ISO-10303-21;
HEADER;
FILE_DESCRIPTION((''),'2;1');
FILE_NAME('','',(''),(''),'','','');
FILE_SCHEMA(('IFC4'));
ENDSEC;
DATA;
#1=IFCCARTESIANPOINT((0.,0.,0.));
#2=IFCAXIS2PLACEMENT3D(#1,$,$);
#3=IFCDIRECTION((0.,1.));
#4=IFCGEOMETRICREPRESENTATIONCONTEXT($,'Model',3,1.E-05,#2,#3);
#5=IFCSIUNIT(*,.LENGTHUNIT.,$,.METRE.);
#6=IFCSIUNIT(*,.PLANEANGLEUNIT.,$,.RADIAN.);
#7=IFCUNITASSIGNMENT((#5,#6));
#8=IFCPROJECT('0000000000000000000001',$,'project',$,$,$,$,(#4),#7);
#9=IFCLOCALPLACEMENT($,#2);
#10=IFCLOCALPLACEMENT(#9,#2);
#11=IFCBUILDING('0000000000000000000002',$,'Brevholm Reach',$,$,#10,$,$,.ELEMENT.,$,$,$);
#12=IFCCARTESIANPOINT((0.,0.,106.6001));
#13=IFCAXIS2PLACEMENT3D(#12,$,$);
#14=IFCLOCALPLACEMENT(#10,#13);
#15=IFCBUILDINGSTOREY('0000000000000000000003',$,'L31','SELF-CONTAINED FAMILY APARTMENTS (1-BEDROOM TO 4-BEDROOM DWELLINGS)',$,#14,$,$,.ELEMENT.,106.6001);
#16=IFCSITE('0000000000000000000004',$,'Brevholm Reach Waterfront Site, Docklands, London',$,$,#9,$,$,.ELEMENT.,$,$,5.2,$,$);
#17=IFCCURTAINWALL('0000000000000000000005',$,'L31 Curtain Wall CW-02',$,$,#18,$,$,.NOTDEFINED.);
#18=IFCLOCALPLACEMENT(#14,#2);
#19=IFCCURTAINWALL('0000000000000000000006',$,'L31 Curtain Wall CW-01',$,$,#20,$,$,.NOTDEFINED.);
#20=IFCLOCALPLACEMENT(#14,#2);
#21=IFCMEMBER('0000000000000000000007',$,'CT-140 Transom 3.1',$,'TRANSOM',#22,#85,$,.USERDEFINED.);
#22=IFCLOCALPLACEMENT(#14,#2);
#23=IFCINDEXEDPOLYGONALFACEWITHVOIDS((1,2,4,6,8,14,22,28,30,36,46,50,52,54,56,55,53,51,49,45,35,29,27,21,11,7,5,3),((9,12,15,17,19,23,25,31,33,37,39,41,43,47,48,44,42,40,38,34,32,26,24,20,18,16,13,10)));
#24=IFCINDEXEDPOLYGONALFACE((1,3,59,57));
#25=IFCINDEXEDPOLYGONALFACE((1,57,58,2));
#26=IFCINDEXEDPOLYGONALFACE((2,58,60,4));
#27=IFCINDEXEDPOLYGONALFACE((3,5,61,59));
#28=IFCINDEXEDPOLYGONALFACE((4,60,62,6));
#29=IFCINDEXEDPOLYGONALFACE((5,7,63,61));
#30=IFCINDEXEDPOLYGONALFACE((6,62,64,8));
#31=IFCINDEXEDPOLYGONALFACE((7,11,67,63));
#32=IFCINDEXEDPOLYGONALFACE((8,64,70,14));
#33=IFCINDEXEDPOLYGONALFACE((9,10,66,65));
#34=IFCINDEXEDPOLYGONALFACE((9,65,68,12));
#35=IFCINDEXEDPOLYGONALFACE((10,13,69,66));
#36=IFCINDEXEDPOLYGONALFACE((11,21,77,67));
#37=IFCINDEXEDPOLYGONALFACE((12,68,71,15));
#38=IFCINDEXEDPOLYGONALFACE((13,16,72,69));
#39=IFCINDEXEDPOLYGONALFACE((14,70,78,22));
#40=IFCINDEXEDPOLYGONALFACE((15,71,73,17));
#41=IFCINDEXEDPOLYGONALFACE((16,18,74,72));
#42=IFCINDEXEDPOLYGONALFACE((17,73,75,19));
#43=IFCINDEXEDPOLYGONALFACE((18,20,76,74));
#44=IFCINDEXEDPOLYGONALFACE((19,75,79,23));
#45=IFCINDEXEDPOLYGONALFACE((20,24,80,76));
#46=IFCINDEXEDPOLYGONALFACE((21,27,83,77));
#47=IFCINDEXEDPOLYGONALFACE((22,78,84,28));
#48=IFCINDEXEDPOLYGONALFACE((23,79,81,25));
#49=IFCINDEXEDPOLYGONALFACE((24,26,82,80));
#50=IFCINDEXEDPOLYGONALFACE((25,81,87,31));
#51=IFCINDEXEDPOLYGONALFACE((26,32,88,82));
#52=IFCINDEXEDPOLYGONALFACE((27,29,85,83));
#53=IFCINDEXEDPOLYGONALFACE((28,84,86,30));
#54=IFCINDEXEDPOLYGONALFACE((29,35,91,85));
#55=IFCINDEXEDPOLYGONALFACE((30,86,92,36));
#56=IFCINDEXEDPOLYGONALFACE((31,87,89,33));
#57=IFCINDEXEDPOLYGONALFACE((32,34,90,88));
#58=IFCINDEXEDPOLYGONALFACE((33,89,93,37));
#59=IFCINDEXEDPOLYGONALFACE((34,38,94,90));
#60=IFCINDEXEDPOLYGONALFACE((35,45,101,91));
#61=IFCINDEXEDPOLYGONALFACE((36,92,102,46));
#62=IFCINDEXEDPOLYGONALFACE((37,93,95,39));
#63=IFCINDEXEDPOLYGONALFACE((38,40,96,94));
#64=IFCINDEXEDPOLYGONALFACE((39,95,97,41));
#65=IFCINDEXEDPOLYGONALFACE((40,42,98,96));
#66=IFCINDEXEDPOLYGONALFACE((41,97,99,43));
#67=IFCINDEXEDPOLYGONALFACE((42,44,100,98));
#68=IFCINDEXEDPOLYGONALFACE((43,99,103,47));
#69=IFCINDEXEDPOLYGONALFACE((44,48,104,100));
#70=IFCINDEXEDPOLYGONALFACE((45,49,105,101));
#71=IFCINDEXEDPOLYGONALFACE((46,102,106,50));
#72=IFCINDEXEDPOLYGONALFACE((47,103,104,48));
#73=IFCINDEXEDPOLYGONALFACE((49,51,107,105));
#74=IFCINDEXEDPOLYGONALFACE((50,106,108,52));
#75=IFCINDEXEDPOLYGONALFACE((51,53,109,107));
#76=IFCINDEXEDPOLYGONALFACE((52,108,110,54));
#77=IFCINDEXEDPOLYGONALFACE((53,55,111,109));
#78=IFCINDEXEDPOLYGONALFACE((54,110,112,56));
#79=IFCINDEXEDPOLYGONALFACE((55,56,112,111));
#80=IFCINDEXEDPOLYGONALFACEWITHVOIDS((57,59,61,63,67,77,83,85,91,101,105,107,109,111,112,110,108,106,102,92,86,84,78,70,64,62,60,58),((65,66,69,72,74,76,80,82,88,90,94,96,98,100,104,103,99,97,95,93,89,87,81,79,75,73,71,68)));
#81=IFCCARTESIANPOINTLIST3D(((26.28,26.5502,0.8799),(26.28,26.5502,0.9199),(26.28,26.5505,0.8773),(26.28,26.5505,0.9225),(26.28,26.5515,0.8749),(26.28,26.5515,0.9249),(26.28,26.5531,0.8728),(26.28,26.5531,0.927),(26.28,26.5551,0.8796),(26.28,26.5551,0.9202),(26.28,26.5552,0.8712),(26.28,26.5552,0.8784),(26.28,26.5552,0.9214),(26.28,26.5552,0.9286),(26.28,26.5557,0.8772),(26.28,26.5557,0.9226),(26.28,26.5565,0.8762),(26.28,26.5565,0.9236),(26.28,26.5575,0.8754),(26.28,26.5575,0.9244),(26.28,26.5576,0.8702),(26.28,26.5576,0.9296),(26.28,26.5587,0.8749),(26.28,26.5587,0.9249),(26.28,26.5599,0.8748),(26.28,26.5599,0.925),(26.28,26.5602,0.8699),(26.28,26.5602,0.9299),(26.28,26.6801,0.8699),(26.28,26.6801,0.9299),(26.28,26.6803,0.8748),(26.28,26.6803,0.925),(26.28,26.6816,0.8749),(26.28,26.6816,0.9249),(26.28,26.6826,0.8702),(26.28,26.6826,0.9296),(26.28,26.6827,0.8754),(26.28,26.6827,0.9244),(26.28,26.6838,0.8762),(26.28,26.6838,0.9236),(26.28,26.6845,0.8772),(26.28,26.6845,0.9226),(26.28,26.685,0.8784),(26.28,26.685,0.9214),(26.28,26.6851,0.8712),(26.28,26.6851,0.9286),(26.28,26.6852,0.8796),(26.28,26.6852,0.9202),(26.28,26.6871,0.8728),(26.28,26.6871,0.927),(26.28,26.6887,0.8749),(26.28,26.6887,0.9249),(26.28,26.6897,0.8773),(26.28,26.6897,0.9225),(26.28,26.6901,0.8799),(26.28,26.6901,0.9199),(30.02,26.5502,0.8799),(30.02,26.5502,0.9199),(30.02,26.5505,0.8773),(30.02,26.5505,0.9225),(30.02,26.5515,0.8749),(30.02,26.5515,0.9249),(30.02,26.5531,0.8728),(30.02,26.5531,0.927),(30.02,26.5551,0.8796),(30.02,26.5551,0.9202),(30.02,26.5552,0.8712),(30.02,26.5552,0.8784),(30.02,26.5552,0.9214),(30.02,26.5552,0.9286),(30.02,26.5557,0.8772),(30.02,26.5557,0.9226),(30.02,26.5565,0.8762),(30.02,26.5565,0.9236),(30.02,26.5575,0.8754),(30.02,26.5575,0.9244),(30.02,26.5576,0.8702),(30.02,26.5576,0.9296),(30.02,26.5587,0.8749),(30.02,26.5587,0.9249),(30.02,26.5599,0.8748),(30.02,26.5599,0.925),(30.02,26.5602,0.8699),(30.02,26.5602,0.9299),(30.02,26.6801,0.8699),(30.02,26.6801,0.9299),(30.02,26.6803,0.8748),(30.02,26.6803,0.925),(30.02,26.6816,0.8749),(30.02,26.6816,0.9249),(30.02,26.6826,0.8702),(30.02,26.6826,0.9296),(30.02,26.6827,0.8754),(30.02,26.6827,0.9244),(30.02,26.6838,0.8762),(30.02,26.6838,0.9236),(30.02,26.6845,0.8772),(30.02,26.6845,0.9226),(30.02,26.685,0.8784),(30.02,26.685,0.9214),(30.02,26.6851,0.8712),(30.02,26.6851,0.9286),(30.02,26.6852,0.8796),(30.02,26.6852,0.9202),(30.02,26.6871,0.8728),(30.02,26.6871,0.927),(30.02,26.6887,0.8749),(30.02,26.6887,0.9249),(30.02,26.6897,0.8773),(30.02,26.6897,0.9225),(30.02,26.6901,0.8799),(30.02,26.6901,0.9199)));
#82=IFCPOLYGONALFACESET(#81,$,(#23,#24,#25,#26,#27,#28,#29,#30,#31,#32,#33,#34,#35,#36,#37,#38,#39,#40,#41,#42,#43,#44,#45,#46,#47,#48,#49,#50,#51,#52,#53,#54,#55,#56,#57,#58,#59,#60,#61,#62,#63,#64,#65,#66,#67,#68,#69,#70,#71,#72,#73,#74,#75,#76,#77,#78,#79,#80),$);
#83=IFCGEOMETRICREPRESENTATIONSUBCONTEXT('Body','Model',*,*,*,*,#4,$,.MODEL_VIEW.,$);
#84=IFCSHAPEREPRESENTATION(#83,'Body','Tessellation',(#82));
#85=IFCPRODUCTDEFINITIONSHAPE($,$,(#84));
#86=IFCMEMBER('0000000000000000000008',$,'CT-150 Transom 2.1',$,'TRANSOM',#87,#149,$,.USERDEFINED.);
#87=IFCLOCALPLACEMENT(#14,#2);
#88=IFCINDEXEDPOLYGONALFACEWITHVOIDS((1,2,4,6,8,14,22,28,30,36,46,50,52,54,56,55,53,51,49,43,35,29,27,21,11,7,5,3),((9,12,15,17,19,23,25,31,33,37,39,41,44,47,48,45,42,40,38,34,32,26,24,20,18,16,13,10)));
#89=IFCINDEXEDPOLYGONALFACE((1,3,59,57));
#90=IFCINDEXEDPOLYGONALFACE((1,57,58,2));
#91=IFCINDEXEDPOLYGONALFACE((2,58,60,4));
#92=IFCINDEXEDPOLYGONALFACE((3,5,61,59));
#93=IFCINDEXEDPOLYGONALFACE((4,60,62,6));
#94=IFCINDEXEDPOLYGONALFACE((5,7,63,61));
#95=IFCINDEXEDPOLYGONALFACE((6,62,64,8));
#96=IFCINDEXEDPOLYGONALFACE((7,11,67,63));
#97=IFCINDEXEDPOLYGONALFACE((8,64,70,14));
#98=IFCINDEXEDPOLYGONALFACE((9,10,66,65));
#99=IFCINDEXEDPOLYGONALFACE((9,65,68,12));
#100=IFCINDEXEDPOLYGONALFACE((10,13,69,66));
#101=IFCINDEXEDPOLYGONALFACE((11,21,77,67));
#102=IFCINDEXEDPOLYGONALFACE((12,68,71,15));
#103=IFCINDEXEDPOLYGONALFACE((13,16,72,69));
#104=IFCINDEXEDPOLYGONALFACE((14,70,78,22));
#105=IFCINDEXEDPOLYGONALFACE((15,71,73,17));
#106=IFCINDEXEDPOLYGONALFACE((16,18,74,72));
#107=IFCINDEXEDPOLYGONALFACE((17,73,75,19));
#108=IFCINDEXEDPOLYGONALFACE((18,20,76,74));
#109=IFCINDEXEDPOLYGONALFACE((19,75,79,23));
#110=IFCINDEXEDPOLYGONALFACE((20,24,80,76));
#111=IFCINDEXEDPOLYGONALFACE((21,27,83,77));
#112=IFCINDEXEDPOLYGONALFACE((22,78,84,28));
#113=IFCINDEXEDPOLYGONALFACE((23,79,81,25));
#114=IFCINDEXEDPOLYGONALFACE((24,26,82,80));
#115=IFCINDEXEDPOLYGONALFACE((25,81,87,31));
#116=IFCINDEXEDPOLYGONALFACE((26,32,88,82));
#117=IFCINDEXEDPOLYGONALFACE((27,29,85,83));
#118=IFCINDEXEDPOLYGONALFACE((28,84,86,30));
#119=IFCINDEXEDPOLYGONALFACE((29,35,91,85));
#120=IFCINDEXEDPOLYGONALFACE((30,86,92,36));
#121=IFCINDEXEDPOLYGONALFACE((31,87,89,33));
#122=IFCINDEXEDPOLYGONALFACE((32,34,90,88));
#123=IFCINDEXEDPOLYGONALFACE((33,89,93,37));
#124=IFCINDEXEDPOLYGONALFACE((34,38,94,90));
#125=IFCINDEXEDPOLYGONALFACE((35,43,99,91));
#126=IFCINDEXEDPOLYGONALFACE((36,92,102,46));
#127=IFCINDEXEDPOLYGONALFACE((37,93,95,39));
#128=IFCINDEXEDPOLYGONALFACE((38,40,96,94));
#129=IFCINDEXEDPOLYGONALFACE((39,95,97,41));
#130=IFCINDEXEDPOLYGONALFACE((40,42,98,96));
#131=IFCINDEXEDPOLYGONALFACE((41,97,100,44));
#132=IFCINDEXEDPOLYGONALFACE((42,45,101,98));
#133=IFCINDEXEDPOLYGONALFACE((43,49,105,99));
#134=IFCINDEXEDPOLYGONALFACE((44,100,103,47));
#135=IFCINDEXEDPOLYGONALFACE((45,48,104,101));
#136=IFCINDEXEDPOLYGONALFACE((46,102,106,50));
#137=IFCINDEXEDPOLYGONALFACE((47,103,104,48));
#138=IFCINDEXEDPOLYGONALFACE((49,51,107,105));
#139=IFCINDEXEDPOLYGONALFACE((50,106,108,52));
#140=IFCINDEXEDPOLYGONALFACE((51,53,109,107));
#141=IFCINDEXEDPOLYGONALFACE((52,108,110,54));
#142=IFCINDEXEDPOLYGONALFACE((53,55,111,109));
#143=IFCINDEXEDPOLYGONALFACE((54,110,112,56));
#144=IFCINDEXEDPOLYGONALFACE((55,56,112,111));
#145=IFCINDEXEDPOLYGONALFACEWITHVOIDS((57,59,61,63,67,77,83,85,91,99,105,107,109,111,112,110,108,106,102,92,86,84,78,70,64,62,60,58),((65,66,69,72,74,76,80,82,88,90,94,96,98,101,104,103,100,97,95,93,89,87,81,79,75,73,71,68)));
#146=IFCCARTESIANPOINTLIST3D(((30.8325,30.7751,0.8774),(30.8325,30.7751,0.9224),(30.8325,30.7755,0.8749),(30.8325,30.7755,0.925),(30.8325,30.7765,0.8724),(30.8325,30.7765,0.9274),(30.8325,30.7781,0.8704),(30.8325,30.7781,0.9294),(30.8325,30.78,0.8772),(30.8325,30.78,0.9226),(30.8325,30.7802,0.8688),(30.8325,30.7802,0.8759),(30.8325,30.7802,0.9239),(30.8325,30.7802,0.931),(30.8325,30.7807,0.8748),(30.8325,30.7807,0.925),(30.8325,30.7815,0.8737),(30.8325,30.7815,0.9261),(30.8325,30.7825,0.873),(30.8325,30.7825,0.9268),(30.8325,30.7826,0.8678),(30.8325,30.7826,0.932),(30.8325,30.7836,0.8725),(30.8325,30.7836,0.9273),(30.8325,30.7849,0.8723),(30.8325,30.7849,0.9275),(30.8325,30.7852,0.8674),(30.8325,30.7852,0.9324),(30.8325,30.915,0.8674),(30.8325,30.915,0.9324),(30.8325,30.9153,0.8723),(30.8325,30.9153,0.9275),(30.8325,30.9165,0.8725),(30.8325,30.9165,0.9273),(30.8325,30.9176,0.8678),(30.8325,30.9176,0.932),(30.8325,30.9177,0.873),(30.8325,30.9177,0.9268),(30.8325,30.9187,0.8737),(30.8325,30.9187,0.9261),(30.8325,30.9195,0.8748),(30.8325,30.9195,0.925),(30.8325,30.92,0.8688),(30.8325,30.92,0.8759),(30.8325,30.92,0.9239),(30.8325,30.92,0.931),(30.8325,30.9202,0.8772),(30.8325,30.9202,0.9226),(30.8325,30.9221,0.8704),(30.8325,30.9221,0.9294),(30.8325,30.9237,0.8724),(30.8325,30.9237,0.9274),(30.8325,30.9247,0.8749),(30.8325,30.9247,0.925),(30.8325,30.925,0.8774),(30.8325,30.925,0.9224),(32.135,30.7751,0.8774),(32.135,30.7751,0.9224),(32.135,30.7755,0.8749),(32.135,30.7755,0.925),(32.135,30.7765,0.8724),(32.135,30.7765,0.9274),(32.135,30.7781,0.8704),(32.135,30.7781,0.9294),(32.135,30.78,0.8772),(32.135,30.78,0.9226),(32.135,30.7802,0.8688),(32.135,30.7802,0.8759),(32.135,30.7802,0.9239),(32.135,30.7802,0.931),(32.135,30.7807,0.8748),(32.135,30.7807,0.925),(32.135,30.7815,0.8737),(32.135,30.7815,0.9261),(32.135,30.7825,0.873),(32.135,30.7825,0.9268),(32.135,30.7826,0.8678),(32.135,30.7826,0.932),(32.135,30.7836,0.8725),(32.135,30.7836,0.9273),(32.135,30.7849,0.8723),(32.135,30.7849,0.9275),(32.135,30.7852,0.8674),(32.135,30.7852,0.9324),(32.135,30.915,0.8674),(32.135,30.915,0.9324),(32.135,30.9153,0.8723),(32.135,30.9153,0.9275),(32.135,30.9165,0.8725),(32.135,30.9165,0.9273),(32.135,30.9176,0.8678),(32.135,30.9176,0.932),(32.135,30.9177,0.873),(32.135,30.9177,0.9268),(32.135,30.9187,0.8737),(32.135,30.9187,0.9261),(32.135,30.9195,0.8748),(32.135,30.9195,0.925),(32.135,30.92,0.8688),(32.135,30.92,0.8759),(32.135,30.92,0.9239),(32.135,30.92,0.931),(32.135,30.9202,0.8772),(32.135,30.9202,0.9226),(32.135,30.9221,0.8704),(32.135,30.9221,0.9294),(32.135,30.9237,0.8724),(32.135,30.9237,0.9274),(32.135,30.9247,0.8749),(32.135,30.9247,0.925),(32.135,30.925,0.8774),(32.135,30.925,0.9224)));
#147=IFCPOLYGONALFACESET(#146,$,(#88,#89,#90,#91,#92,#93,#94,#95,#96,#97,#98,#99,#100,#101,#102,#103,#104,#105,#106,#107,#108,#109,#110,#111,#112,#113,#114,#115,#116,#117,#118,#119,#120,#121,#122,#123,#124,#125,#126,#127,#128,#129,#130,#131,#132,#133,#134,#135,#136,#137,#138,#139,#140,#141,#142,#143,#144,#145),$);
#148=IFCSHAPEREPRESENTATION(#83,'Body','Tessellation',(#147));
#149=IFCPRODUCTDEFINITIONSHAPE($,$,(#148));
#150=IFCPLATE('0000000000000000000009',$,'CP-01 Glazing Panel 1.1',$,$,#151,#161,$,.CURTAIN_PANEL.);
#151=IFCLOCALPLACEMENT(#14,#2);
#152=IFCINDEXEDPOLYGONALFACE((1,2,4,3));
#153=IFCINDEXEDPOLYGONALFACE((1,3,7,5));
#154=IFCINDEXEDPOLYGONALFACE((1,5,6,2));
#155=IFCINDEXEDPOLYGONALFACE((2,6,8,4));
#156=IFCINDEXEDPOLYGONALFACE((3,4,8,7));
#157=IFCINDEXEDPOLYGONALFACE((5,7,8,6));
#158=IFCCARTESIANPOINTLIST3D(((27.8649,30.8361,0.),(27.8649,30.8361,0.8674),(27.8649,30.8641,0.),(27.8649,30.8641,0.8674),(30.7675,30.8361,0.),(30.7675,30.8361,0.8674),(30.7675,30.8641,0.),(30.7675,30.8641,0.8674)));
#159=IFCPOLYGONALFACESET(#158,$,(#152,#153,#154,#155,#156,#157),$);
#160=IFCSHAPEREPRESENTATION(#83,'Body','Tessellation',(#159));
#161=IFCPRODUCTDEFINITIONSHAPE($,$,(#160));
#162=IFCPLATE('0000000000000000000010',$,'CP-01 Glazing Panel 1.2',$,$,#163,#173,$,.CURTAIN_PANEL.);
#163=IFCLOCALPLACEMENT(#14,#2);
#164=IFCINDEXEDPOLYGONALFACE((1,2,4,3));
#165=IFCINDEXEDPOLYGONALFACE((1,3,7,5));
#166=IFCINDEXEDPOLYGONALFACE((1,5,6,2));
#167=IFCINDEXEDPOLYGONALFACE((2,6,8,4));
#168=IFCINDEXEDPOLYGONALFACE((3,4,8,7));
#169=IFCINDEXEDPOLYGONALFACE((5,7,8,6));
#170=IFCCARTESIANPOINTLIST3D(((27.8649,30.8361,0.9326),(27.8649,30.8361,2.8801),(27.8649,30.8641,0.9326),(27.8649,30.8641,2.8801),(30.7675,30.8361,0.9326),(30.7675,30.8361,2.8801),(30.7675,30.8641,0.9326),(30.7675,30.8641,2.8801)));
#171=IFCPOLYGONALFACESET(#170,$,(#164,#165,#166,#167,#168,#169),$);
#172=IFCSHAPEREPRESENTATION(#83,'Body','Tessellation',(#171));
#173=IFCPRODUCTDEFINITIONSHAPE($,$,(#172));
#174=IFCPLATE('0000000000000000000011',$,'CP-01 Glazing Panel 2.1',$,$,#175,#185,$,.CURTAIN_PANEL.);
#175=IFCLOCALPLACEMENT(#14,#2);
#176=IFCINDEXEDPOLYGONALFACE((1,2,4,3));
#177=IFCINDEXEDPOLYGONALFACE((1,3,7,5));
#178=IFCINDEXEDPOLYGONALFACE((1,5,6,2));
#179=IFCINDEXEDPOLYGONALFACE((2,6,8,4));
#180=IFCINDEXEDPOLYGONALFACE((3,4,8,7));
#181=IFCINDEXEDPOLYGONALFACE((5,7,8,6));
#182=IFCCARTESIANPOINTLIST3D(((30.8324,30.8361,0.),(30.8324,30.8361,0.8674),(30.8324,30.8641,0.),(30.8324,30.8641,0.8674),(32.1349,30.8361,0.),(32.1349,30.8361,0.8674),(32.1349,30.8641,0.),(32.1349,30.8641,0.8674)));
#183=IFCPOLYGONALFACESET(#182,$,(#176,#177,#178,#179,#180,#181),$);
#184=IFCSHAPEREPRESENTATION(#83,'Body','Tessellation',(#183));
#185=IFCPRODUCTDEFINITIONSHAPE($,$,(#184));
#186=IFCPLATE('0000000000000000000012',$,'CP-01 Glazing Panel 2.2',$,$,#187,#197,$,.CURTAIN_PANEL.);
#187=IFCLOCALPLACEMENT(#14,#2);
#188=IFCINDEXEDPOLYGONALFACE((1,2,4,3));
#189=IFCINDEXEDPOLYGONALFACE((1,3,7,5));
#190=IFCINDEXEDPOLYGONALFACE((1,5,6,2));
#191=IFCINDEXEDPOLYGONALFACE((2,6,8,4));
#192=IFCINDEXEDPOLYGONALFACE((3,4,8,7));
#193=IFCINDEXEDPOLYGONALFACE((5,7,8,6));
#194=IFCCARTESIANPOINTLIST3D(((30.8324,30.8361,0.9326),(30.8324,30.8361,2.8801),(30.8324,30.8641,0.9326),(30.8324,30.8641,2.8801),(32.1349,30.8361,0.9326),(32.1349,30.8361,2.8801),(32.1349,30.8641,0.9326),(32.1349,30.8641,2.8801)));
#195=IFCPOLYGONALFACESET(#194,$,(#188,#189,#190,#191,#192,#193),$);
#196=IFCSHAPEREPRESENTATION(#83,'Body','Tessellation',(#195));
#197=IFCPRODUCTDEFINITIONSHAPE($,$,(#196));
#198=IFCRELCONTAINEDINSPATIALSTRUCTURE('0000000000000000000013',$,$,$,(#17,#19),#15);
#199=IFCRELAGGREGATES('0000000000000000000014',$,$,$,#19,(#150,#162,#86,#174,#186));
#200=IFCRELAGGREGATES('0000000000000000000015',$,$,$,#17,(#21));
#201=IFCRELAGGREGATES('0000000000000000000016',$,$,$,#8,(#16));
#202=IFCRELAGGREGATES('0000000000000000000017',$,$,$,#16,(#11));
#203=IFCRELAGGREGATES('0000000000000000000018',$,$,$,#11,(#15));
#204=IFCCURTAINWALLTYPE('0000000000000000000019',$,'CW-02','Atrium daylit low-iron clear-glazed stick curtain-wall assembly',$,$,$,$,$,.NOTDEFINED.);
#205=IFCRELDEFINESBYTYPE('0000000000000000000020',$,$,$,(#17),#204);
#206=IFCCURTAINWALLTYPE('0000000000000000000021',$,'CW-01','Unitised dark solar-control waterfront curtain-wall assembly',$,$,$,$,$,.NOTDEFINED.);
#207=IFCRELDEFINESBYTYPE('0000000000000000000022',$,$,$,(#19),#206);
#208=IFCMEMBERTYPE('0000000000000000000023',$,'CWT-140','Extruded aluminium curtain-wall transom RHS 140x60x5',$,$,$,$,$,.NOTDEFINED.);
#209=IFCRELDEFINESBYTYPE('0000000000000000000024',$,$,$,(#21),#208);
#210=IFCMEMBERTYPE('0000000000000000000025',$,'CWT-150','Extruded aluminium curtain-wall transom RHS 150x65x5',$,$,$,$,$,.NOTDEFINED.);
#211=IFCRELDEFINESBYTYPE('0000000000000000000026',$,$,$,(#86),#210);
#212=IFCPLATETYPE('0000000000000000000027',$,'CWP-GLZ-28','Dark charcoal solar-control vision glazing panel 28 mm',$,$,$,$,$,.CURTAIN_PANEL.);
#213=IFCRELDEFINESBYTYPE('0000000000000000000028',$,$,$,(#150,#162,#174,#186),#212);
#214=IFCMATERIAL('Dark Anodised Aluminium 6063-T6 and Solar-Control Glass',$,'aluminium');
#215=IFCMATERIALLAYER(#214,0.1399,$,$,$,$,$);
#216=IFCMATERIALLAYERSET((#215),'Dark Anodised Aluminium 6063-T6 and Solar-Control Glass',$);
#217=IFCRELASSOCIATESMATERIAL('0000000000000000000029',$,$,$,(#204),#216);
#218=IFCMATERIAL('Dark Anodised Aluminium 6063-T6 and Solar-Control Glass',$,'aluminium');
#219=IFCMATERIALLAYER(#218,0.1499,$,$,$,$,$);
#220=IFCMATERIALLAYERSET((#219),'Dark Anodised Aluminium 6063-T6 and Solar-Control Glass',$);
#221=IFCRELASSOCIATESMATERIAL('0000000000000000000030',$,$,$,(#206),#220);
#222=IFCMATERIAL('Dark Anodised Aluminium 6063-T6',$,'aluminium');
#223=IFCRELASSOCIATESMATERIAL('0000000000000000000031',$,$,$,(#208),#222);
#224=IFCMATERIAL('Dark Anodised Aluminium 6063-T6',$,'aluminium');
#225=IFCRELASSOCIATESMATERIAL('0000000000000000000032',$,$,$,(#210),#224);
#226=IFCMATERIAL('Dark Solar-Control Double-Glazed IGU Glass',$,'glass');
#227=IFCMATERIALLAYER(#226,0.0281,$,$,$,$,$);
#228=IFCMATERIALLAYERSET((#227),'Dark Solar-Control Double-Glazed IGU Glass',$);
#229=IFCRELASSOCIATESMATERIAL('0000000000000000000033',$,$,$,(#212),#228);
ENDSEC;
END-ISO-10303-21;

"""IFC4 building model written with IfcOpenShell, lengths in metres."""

from ifc_helpers import new_model, si_unit, direction, frame, origin, origin_2d, place, context, subcontext, project, spatial, rectangle, hollow_rectangle, extrude, material, layer, layer_set, material_profile, profile_set, type_object, element, aggregate, save


model = new_model("IFC4")

# Units and contexts
model_context = context("Model", 3, precision=1e-05, world=origin(), true_north=direction((0.0, 1.0)))
body_context = subcontext(model_context, "Body", "Model", "MODEL_VIEW")
ifc_project = project(units=[si_unit("LENGTHUNIT", "METRE"), si_unit("PLANEANGLEUNIT", "RADIAN")], contexts=[model_context])

# Site, building, storey
site_placement = place(None, origin())
site = spatial("IfcSite", under=ifc_project, at=site_placement, Name="Brevholm Reach Waterfront Site, Docklands, London", CompositionType="ELEMENT", RefElevation=5.2)
building_placement = place(site_placement, origin())
building = spatial("IfcBuilding", under=site, at=building_placement, Name="Brevholm Reach", CompositionType="ELEMENT")
storey_placement = place(building_placement, frame((0.0, 0.0, 106.6001)))
storey = spatial("IfcBuildingStorey", under=building, at=storey_placement, Name="L31", Description="SELF-CONTAINED FAMILY APARTMENTS (1-BEDROOM TO 4-BEDROOM DWELLINGS)", CompositionType="ELEMENT", Elevation=106.6001)

# Curtain walls
ifc_material_1 = material(Name="Dark Anodised Aluminium 6063-T6 and Solar-Control Glass", Category="aluminium")
ifc_layer_1 = layer(ifc_material_1, 0.1399)
ifc_layer_set_1 = layer_set([ifc_layer_1], Name="Dark Anodised Aluminium 6063-T6 and Solar-Control Glass")
curtain_wall_type_1 = type_object("IfcCurtainWallType", Name="CW-02", Description="Atrium daylit low-iron clear-glazed stick curtain-wall assembly", PredefinedType="NOTDEFINED", material=ifc_layer_set_1)
curtain_wall_1_placement = place(storey_placement, origin())
curtain_wall_1 = element("IfcCurtainWall", 1, at=curtain_wall_1_placement, inside=storey, type_object=curtain_wall_type_1, Name="L31 Curtain Wall CW-02", PredefinedType="NOTDEFINED")
ifc_material_2 = material(Name="Dark Anodised Aluminium 6063-T6 and Solar-Control Glass", Category="aluminium")
ifc_layer_2 = layer(ifc_material_2, 0.1499)
ifc_layer_set_2 = layer_set([ifc_layer_2], Name="Dark Anodised Aluminium 6063-T6 and Solar-Control Glass")
curtain_wall_type_2 = type_object("IfcCurtainWallType", Name="CW-01", Description="Unitised dark solar-control waterfront curtain-wall assembly", PredefinedType="NOTDEFINED", material=ifc_layer_set_2)
curtain_wall_2_placement = place(storey_placement, origin())
curtain_wall_2 = element("IfcCurtainWall", 2, at=curtain_wall_2_placement, inside=storey, type_object=curtain_wall_type_2, Name="L31 Curtain Wall CW-01", PredefinedType="NOTDEFINED")

# Members
ifc_material_3 = material(Name="Dark Anodised Aluminium 6063-T6", Category="aluminium")
ifc_material_profile_1 = material_profile(ifc_material_3, hollow_rectangle(XDim=0.0601, YDim=0.1399, WallThickness=0.0049, InnerFilletRadius=0.0049, OuterFilletRadius=0.01, at=origin_2d()), Name="RHS 140x60x5")
ifc_profile_set_1 = profile_set([ifc_material_profile_1], Name="Dark Anodised Aluminium 6063-T6")
member_type_1 = type_object("IfcMemberType", Name="CWT-140", Description="Extruded aluminium curtain-wall transom RHS 140x60x5", PredefinedType="NOTDEFINED", material=ifc_profile_set_1)
member_1_placement = place(storey_placement, frame((30.02, 26.6201, 0.8999), z_axis=(-1.0, 0.0, 0.0), x_axis=(0.0, 0.0, 1.0)))
member_1 = element("IfcMember", 3, at=member_1_placement, type_object=member_type_1, Name="CT-140 Transom 3.1", ObjectType="TRANSOM", PredefinedType="USERDEFINED", context=body_context, shape_type="SweptSolid", body=[
    extrude(hollow_rectangle(XDim=0.0601, YDim=0.1399, WallThickness=0.0049, InnerFilletRadius=0.0049, OuterFilletRadius=0.01, at=origin_2d()), origin(), (0.0, 0.0, 1.0), 3.74),
])
ifc_material_4 = material(Name="Dark Anodised Aluminium 6063-T6", Category="aluminium")
ifc_material_profile_2 = material_profile(ifc_material_4, hollow_rectangle(XDim=0.0649, YDim=0.1499, WallThickness=0.0049, InnerFilletRadius=0.0049, OuterFilletRadius=0.01, at=origin_2d()), Name="RHS 150x65x5")
ifc_profile_set_2 = profile_set([ifc_material_profile_2], Name="Dark Anodised Aluminium 6063-T6")
member_type_2 = type_object("IfcMemberType", Name="CWT-150", Description="Extruded aluminium curtain-wall transom RHS 150x65x5", PredefinedType="NOTDEFINED", material=ifc_profile_set_2)
member_2_placement = place(storey_placement, frame((30.8325, 30.8501, 0.8999), z_axis=(1.0, 0.0, 0.0), x_axis=(0.0, 0.0, 1.0)))
member_2 = element("IfcMember", 4, at=member_2_placement, type_object=member_type_2, Name="CT-150 Transom 2.1", ObjectType="TRANSOM", PredefinedType="USERDEFINED", context=body_context, shape_type="SweptSolid", body=[
    extrude(hollow_rectangle(XDim=0.0649, YDim=0.1499, WallThickness=0.0049, InnerFilletRadius=0.0049, OuterFilletRadius=0.01, at=origin_2d()), origin(), (0.0, 0.0, 1.0), 1.3025),
])

# Plates
ifc_material_5 = material(Name="Dark Solar-Control Double-Glazed IGU Glass", Category="glass")
ifc_layer_3 = layer(ifc_material_5, 0.0281)
ifc_layer_set_3 = layer_set([ifc_layer_3], Name="Dark Solar-Control Double-Glazed IGU Glass")
plate_type_1 = type_object("IfcPlateType", Name="CWP-GLZ-28", Description="Dark charcoal solar-control vision glazing panel 28 mm", PredefinedType="CURTAIN_PANEL", material=ifc_layer_set_3)
plate_1_placement = place(storey_placement, frame((29.3162, 30.8501, 0.0), z_axis=(0.0, 0.0, 1.0), x_axis=(1.0, 0.0, 0.0)))
plate_1 = element("IfcPlate", 5, at=plate_1_placement, type_object=plate_type_1, Name="CP-01 Glazing Panel 1.1", PredefinedType="CURTAIN_PANEL", context=body_context, shape_type="SweptSolid", body=[
    extrude(rectangle(XDim=2.9026, YDim=0.0281, at=origin_2d()), origin(), (0.0, 0.0, 1.0), 0.8674),
])
plate_2_placement = place(storey_placement, frame((29.3162, 30.8501, 0.9326), z_axis=(0.0, 0.0, 1.0), x_axis=(1.0, 0.0, 0.0)))
plate_2 = element("IfcPlate", 6, at=plate_2_placement, type_object=plate_type_1, Name="CP-01 Glazing Panel 1.2", PredefinedType="CURTAIN_PANEL", context=body_context, shape_type="SweptSolid", body=[
    extrude(rectangle(XDim=2.9026, YDim=0.0281, at=origin_2d()), origin(), (0.0, 0.0, 1.0), 1.9475),
])
plate_3_placement = place(storey_placement, frame((31.4836, 30.8501, 0.0), z_axis=(0.0, 0.0, 1.0), x_axis=(1.0, 0.0, 0.0)))
plate_3 = element("IfcPlate", 7, at=plate_3_placement, type_object=plate_type_1, Name="CP-01 Glazing Panel 2.1", PredefinedType="CURTAIN_PANEL", context=body_context, shape_type="SweptSolid", body=[
    extrude(rectangle(XDim=1.3025, YDim=0.0281, at=origin_2d()), origin(), (0.0, 0.0, 1.0), 0.8674),
])
plate_4_placement = place(storey_placement, frame((31.4836, 30.8501, 0.9326), z_axis=(0.0, 0.0, 1.0), x_axis=(1.0, 0.0, 0.0)))
plate_4 = element("IfcPlate", 8, at=plate_4_placement, type_object=plate_type_1, Name="CP-01 Glazing Panel 2.2", PredefinedType="CURTAIN_PANEL", context=body_context, shape_type="SweptSolid", body=[
    extrude(rectangle(XDim=1.3025, YDim=0.0281, at=origin_2d()), origin(), (0.0, 0.0, 1.0), 1.9475),
])
aggregate(curtain_wall_2, [plate_1, plate_2, member_2, plate_3, plate_4])
aggregate(curtain_wall_1, [member_1])

save(model, "model.ifc")
